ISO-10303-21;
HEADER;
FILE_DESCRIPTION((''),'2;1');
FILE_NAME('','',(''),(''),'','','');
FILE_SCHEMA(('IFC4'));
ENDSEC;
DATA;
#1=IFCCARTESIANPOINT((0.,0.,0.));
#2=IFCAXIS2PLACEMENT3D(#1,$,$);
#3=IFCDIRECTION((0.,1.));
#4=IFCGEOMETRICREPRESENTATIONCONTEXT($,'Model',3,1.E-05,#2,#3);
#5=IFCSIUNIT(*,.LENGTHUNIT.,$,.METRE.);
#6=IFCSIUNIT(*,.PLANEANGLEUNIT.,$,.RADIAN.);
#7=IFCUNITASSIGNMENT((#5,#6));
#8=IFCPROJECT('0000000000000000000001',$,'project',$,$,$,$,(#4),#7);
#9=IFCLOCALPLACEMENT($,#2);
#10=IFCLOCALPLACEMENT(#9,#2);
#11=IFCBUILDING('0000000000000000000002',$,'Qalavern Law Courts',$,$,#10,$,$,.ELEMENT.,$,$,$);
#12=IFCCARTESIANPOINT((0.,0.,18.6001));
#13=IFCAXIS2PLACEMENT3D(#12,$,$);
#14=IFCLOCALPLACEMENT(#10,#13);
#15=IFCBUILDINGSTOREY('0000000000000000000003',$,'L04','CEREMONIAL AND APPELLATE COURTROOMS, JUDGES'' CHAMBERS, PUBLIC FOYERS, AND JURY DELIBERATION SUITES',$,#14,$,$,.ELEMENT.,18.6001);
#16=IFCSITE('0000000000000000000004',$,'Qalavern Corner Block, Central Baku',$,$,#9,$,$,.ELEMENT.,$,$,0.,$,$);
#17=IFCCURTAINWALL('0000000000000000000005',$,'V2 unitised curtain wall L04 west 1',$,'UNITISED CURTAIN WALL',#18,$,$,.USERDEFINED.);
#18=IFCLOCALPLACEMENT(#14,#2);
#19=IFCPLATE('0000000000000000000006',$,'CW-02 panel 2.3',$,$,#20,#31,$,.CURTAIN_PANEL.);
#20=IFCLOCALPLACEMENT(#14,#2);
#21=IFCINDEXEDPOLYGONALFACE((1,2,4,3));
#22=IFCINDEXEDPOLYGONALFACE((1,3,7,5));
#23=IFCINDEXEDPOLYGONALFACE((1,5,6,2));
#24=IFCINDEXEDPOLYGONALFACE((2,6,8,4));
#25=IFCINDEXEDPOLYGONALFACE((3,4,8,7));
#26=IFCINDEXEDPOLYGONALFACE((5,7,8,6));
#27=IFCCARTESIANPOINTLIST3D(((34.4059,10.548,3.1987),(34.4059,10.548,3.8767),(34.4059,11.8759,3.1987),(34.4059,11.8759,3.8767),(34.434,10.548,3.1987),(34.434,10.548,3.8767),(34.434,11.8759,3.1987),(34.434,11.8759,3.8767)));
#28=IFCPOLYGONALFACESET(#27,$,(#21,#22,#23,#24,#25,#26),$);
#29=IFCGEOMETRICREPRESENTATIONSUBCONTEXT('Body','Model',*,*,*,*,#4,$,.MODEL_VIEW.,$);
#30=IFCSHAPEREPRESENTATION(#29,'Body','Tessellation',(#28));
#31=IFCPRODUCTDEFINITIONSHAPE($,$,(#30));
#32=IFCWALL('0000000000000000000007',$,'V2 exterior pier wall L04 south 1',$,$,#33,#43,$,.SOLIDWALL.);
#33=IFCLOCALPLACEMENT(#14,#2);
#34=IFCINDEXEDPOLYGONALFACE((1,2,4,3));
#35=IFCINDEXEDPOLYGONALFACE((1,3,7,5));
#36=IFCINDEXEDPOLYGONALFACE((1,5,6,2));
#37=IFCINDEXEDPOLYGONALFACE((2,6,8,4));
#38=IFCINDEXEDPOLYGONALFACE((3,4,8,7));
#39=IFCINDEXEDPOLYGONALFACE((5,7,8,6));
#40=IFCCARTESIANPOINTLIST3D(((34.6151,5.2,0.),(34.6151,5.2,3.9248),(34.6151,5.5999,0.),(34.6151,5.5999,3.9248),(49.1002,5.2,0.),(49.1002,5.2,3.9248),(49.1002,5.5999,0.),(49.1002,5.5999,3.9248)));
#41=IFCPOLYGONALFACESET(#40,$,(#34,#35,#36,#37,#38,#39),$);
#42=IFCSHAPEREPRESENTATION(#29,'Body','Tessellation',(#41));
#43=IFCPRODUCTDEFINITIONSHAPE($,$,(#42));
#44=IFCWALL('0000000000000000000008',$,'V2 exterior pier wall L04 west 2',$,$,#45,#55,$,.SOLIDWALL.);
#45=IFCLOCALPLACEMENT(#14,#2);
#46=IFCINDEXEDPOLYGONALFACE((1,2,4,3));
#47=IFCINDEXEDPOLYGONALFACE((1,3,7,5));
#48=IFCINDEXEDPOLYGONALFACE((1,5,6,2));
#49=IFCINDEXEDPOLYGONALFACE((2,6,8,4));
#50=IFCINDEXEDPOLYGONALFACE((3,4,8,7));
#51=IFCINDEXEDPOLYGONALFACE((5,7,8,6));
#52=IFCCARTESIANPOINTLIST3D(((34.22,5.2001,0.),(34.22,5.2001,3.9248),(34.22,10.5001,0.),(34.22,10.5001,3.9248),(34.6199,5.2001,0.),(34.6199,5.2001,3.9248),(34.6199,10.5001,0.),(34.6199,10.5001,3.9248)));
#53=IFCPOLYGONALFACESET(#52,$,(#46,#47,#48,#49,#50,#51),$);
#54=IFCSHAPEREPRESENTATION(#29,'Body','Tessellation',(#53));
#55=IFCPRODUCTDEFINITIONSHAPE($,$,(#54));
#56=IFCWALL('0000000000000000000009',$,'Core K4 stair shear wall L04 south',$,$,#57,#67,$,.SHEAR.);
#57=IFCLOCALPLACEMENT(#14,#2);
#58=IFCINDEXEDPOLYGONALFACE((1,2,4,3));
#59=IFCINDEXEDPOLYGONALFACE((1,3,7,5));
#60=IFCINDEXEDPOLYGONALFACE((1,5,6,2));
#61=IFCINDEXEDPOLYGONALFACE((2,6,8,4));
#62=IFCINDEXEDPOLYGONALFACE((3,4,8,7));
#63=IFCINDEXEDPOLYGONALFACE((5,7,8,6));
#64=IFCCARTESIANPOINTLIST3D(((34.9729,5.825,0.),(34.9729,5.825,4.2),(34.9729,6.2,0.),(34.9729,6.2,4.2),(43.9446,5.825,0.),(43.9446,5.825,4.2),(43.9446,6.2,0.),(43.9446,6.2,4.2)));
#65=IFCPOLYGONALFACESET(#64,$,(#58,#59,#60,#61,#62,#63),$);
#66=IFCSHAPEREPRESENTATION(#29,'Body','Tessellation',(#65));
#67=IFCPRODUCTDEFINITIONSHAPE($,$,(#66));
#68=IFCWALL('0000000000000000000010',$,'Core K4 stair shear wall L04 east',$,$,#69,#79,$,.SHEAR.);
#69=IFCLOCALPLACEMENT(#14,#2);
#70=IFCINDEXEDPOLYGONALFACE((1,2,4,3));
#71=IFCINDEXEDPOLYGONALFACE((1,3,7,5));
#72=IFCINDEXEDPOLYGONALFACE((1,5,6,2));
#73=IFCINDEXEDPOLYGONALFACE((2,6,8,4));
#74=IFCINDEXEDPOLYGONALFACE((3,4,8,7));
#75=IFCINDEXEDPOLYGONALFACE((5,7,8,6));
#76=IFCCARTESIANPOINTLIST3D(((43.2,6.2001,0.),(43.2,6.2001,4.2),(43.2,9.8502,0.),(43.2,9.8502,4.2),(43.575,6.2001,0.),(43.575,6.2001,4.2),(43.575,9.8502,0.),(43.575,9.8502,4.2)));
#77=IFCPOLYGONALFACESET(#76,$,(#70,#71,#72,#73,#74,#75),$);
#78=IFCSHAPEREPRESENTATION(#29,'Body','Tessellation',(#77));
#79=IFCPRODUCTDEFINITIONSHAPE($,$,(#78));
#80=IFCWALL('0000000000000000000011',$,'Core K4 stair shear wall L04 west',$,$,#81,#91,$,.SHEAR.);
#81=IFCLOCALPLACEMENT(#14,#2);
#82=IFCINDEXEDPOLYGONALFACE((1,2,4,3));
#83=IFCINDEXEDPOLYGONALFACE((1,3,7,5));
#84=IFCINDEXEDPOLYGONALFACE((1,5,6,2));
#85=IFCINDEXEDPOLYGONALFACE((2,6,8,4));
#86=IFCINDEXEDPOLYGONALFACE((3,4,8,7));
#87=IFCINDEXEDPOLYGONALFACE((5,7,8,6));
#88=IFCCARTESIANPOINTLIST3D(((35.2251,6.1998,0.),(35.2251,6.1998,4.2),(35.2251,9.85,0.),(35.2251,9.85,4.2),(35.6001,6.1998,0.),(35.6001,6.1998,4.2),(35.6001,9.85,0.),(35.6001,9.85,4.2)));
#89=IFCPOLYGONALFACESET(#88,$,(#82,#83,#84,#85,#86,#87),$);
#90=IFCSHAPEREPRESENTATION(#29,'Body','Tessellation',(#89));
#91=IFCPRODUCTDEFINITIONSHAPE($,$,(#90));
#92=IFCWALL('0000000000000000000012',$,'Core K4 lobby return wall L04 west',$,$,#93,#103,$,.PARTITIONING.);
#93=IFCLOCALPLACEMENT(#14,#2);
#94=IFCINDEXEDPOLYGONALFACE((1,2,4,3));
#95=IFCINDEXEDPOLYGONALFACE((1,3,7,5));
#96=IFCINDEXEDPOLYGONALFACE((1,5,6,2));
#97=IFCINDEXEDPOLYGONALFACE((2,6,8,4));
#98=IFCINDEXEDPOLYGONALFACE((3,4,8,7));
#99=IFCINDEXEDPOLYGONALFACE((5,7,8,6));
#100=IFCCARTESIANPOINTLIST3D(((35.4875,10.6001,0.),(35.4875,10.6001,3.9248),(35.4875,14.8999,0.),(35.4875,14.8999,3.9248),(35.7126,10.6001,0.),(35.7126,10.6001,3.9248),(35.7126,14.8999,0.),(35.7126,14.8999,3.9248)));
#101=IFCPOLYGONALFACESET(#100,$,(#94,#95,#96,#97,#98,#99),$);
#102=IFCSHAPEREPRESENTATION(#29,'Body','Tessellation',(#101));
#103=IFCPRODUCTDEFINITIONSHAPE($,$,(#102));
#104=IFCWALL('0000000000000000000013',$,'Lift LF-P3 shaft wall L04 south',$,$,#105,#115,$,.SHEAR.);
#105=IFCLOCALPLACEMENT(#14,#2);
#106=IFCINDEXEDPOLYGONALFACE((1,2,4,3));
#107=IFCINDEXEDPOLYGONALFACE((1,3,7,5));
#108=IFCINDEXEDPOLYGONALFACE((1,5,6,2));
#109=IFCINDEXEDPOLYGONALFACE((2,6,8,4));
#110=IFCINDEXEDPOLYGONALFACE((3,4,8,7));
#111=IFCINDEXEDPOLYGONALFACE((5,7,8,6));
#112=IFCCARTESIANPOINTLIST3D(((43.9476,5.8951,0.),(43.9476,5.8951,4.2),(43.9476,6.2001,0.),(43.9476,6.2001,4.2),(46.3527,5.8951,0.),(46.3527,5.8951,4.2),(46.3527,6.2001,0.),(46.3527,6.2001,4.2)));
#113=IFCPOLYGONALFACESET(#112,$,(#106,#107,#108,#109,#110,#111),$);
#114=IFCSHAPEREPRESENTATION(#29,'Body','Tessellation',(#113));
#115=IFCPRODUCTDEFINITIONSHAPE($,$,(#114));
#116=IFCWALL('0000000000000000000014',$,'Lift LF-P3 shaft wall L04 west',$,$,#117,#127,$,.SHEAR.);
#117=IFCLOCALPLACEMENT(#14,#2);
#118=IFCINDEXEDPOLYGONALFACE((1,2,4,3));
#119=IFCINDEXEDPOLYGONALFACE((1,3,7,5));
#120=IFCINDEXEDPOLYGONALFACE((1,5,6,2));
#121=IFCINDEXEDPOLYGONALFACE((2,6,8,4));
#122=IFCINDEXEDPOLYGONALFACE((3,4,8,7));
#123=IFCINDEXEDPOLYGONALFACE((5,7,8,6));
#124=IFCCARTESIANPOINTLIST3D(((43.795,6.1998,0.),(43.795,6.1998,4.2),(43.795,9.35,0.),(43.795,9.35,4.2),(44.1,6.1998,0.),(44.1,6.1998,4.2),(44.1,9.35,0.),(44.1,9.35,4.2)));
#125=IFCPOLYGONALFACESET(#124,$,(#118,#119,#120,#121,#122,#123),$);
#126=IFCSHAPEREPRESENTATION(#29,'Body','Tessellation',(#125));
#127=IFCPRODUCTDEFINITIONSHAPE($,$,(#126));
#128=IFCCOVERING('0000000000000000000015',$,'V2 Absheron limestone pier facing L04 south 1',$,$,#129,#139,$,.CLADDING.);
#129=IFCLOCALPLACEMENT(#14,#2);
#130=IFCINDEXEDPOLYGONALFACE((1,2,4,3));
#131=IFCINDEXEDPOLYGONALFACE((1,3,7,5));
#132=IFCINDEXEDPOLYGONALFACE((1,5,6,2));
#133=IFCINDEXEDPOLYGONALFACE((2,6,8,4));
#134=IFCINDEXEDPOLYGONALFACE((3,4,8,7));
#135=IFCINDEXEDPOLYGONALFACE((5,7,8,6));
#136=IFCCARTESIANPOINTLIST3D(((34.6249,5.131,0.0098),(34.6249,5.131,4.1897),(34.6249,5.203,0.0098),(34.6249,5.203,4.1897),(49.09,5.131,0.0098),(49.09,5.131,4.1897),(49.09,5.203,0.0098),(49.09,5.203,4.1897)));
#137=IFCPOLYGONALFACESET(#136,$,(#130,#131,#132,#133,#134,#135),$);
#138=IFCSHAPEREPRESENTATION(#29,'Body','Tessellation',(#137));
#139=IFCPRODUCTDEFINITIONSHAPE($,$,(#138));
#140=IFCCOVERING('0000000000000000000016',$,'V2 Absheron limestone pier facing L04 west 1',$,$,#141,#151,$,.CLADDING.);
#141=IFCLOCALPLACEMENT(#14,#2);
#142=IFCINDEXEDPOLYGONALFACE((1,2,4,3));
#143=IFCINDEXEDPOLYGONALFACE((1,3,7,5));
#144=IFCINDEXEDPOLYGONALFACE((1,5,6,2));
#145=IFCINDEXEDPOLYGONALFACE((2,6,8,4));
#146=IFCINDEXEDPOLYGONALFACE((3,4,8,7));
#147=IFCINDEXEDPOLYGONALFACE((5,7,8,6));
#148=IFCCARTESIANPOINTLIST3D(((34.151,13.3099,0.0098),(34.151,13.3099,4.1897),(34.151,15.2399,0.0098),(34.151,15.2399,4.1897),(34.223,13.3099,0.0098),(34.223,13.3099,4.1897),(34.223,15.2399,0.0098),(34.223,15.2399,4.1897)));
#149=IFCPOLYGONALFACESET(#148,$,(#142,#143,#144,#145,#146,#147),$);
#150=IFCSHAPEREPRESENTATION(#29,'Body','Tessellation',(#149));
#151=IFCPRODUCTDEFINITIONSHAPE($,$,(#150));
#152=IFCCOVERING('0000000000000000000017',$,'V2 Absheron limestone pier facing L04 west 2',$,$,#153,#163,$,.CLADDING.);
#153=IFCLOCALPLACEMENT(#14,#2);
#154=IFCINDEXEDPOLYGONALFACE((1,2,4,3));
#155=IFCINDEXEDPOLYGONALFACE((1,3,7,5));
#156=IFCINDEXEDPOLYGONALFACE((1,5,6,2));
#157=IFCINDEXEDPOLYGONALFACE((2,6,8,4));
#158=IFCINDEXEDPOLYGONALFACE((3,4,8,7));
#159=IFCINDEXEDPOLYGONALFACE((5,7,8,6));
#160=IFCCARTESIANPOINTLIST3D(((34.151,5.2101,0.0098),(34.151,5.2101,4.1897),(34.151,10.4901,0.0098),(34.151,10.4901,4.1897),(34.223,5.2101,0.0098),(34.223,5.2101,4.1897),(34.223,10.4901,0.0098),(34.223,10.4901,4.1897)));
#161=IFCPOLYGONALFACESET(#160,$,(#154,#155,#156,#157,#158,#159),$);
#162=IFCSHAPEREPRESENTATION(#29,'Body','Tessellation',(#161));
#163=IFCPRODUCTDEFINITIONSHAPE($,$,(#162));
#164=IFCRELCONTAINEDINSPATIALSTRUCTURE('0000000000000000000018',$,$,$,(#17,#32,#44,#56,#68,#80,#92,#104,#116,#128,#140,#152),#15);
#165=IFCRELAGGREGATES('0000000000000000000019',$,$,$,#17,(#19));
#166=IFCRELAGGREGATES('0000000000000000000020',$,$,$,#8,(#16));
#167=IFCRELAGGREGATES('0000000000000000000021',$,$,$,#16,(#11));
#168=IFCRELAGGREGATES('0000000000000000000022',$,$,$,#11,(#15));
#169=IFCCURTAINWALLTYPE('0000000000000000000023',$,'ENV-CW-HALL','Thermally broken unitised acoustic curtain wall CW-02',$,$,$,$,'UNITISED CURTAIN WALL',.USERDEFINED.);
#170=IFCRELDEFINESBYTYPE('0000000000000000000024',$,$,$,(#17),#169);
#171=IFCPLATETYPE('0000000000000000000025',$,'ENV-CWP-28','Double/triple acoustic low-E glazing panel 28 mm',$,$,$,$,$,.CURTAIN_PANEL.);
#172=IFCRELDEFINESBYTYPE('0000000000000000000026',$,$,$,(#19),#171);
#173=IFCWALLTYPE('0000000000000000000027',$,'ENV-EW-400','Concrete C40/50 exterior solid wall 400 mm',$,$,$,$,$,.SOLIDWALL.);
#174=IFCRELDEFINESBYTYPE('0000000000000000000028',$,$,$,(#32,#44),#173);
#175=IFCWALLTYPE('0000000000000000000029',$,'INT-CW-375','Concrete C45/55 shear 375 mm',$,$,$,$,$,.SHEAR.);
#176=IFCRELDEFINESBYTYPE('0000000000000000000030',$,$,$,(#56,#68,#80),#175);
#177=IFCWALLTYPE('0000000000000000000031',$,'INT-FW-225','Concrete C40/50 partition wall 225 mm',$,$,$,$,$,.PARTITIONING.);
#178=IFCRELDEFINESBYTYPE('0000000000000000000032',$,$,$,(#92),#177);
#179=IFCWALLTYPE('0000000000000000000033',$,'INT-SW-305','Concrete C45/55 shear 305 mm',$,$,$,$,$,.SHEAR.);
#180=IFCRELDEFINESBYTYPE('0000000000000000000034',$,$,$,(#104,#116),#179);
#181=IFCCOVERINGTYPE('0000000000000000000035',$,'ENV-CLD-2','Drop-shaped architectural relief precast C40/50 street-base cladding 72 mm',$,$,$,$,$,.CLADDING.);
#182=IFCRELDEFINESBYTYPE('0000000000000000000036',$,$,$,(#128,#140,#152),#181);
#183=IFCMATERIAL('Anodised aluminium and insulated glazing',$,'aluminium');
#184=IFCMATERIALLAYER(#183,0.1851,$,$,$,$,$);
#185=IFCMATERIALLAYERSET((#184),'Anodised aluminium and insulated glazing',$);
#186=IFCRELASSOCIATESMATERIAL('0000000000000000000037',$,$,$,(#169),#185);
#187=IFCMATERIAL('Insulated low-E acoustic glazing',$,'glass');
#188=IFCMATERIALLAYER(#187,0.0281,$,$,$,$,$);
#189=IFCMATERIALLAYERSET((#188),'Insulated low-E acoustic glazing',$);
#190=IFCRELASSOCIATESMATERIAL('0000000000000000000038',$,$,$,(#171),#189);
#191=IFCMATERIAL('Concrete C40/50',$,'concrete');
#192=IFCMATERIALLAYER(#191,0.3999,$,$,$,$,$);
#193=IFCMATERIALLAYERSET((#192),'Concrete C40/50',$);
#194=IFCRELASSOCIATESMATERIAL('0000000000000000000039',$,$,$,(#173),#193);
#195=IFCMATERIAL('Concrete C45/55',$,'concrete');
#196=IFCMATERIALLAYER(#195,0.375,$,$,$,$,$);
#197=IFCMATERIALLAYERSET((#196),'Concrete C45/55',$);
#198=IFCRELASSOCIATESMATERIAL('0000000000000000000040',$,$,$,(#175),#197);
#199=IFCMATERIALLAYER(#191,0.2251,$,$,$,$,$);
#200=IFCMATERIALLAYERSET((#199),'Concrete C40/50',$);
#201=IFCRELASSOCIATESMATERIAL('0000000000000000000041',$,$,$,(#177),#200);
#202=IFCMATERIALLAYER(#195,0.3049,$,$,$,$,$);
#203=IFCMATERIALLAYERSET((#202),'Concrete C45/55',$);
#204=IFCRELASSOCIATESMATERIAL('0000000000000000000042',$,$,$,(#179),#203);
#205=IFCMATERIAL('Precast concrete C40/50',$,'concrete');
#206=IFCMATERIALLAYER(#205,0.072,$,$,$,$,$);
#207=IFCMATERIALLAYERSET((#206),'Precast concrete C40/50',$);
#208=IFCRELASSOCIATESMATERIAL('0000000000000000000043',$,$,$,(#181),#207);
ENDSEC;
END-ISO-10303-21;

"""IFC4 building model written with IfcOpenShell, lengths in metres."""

from ifc_helpers import new_model, si_unit, direction, frame, frame_2d, origin, origin_2d, place, context, subcontext, project, spatial, rectangle, extrude, material, layer, layer_set, type_object, element, aggregate, save


model = new_model("IFC4")

# Units and contexts
model_context = context("Model", 3, precision=1e-05, world=origin(), true_north=direction((0.0, 1.0)))
body_context = subcontext(model_context, "Body", "Model", "MODEL_VIEW")
ifc_project = project(units=[si_unit("LENGTHUNIT", "METRE"), si_unit("PLANEANGLEUNIT", "RADIAN")], contexts=[model_context])

# Site, building, storey
site_placement = place(None, origin())
site = spatial("IfcSite", under=ifc_project, at=site_placement, Name="Qalavern Corner Block, Central Baku", CompositionType="ELEMENT", RefElevation=0.0)
building_placement = place(site_placement, origin())
building = spatial("IfcBuilding", under=site, at=building_placement, Name="Qalavern Law Courts", CompositionType="ELEMENT")
storey_placement = place(building_placement, frame((0.0, 0.0, 18.6001)))
storey = spatial("IfcBuildingStorey", under=building, at=storey_placement, Name="L04", Description="CEREMONIAL AND APPELLATE COURTROOMS, JUDGES' CHAMBERS, PUBLIC FOYERS, AND JURY DELIBERATION SUITES", CompositionType="ELEMENT", Elevation=18.6001)

# Shared definitions
ifc_material_1 = material(Name="Concrete C45/55", Category="concrete")

# Curtain wall
ifc_material_2 = material(Name="Anodised aluminium and insulated glazing", Category="aluminium")
ifc_layer_1 = layer(ifc_material_2, 0.1851)
ifc_layer_set_1 = layer_set([ifc_layer_1], Name="Anodised aluminium and insulated glazing")
curtain_wall_type = type_object("IfcCurtainWallType", Name="ENV-CW-HALL", Description="Thermally broken unitised acoustic curtain wall CW-02", ElementType="UNITISED CURTAIN WALL", PredefinedType="USERDEFINED", material=ifc_layer_set_1)
curtain_wall_placement = place(storey_placement, origin())
curtain_wall = element("IfcCurtainWall", 1, at=curtain_wall_placement, inside=storey, type_object=curtain_wall_type, Name="V2 unitised curtain wall L04 west 1", ObjectType="UNITISED CURTAIN WALL", PredefinedType="USERDEFINED")

# Shared definitions
ifc_material_3 = material(Name="Concrete C40/50", Category="concrete")

# Plate
ifc_material_4 = material(Name="Insulated low-E acoustic glazing", Category="glass")
ifc_layer_2 = layer(ifc_material_4, 0.0281)
ifc_layer_set_2 = layer_set([ifc_layer_2], Name="Insulated low-E acoustic glazing")
plate_type = type_object("IfcPlateType", Name="ENV-CWP-28", Description="Double/triple acoustic low-E glazing panel 28 mm", PredefinedType="CURTAIN_PANEL", material=ifc_layer_set_2)
plate_1_placement = place(storey_placement, frame((34.4199, 11.2119, 3.1987), z_axis=(0.0, 0.0, 1.0), x_axis=(0.0, -1.0, 0.0)))
plate_1 = element("IfcPlate", 2, at=plate_1_placement, type_object=plate_type, Name="CW-02 panel 2.3", PredefinedType="CURTAIN_PANEL", context=body_context, shape_type="SweptSolid", body=[
    extrude(rectangle(XDim=1.3279, YDim=0.0281, at=origin_2d()), origin(), (0.0, 0.0, 1.0), 0.678),
])
aggregate(curtain_wall, [plate_1])

# Walls
ifc_layer_3 = layer(ifc_material_3, 0.3999)
ifc_layer_set_3 = layer_set([ifc_layer_3], Name="Concrete C40/50")
wall_type_1 = type_object("IfcWallType", Name="ENV-EW-400", Description="Concrete C40/50 exterior solid wall 400 mm", PredefinedType="SOLIDWALL", material=ifc_layer_set_3)
wall_1_placement = place(storey_placement, frame((34.615, 5.3999, 0.0), z_axis=(0.0, 0.0, 1.0), x_axis=(1.0, 0.0, 0.0)))
element("IfcWall", 3, at=wall_1_placement, inside=storey, type_object=wall_type_1, Name="V2 exterior pier wall L04 south 1", PredefinedType="SOLIDWALL", context=body_context, shape_type="SweptSolid", body=[
    extrude(rectangle(XDim=14.4851, YDim=0.3999, at=frame_2d((7.2427, 0.0))), origin(), (0.0, 0.0, 1.0), 3.9248),
])
wall_2_placement = place(storey_placement, frame((34.4199, 10.5, 0.0), z_axis=(0.0, 0.0, 1.0), x_axis=(0.0, -1.0, 0.0)))
element("IfcWall", 4, at=wall_2_placement, inside=storey, type_object=wall_type_1, Name="V2 exterior pier wall L04 west 2", PredefinedType="SOLIDWALL", context=body_context, shape_type="SweptSolid", body=[
    extrude(rectangle(XDim=5.3, YDim=0.3999, at=frame_2d((2.6499, 0.0))), origin(), (0.0, 0.0, 1.0), 3.9248),
])
ifc_layer_4 = layer(ifc_material_1, 0.375)
ifc_layer_set_4 = layer_set([ifc_layer_4], Name="Concrete C45/55")
wall_type_2 = type_object("IfcWallType", Name="INT-CW-375", Description="Concrete C45/55 shear 375 mm", PredefinedType="SHEAR", material=ifc_layer_set_4)
wall_3_placement = place(storey_placement, frame((34.9729, 6.0125, 0.0), z_axis=(0.0, 0.0, 1.0), x_axis=(1.0, 0.0, 0.0)))
element("IfcWall", 5, at=wall_3_placement, inside=storey, type_object=wall_type_2, Name="Core K4 stair shear wall L04 south", PredefinedType="SHEAR", context=body_context, shape_type="SweptSolid", body=[
    extrude(rectangle(XDim=8.9717, YDim=0.375, at=frame_2d((4.4858, 0.0))), origin(), (0.0, 0.0, 1.0), 4.2),
])
wall_4_placement = place(storey_placement, frame((43.3875, 6.2, 0.0), z_axis=(0.0, 0.0, 1.0), x_axis=(0.0, 1.0, 0.0)))
element("IfcWall", 6, at=wall_4_placement, inside=storey, type_object=wall_type_2, Name="Core K4 stair shear wall L04 east", PredefinedType="SHEAR", context=body_context, shape_type="SweptSolid", body=[
    extrude(rectangle(XDim=3.6501, YDim=0.375, at=frame_2d((1.8252, 0.0))), origin(), (0.0, 0.0, 1.0), 4.2),
])

# Walls
wall_5_placement = place(storey_placement, frame((35.4126, 9.8501, 0.0), z_axis=(0.0, 0.0, 1.0), x_axis=(0.0, -1.0, 0.0)))
element("IfcWall", 7, at=wall_5_placement, inside=storey, type_object=wall_type_2, Name="Core K4 stair shear wall L04 west", PredefinedType="SHEAR", context=body_context, shape_type="SweptSolid", body=[
    extrude(rectangle(XDim=3.6501, YDim=0.375, at=frame_2d((1.8252, 0.0))), origin(), (0.0, 0.0, 1.0), 4.2),
])
ifc_layer_5 = layer(ifc_material_3, 0.2251)
ifc_layer_set_5 = layer_set([ifc_layer_5], Name="Concrete C40/50")
wall_type_3 = type_object("IfcWallType", Name="INT-FW-225", Description="Concrete C40/50 partition wall 225 mm", PredefinedType="PARTITIONING", material=ifc_layer_set_5)
wall_6_placement = place(storey_placement, frame((35.6001, 10.6001, 0.0), z_axis=(0.0, 0.0, 1.0), x_axis=(0.0, 1.0, 0.0)))
element("IfcWall", 8, at=wall_6_placement, inside=storey, type_object=wall_type_3, Name="Core K4 lobby return wall L04 west", PredefinedType="PARTITIONING", context=body_context, shape_type="SweptSolid", body=[
    extrude(rectangle(XDim=4.2998, YDim=0.2251, at=frame_2d((2.1499, 0.0))), origin(), (0.0, 0.0, 1.0), 3.9248),
])
ifc_layer_6 = layer(ifc_material_1, 0.3049)
ifc_layer_set_6 = layer_set([ifc_layer_6], Name="Concrete C45/55")
wall_type_4 = type_object("IfcWallType", Name="INT-SW-305", Description="Concrete C45/55 shear 305 mm", PredefinedType="SHEAR", material=ifc_layer_set_6)
wall_7_placement = place(storey_placement, frame((43.9475, 6.0476, 0.0), z_axis=(0.0, 0.0, 1.0), x_axis=(1.0, 0.0, 0.0)))
element("IfcWall", 9, at=wall_7_placement, inside=storey, type_object=wall_type_4, Name="Lift LF-P3 shaft wall L04 south", PredefinedType="SHEAR", context=body_context, shape_type="SweptSolid", body=[
    extrude(rectangle(XDim=2.405, YDim=0.3049, at=frame_2d((1.2026, 0.0))), origin(), (0.0, 0.0, 1.0), 4.2),
])
wall_8_placement = place(storey_placement, frame((43.9475, 9.3501, 0.0), z_axis=(0.0, 0.0, 1.0), x_axis=(0.0, -1.0, 0.0)))
element("IfcWall", 10, at=wall_8_placement, inside=storey, type_object=wall_type_4, Name="Lift LF-P3 shaft wall L04 west", PredefinedType="SHEAR", context=body_context, shape_type="SweptSolid", body=[
    extrude(rectangle(XDim=3.1501, YDim=0.3049, at=frame_2d((1.5752, 0.0))), origin(), (0.0, 0.0, 1.0), 4.2),
])

# Coverings
ifc_material_5 = material(Name="Precast concrete C40/50", Category="concrete")
ifc_layer_7 = layer(ifc_material_5, 0.072)
ifc_layer_set_7 = layer_set([ifc_layer_7], Name="Precast concrete C40/50")
covering_type = type_object("IfcCoveringType", Name="ENV-CLD-2", Description="Drop-shaped architectural relief precast C40/50 street-base cladding 72 mm", PredefinedType="CLADDING", material=ifc_layer_set_7)
covering_1_placement = place(storey_placement, frame((41.8574, 5.167, 0.0098), z_axis=(0.0, 0.0, 1.0), x_axis=(1.0, 0.0, 0.0)))
element("IfcCovering", 11, at=covering_1_placement, inside=storey, type_object=covering_type, Name="V2 Absheron limestone pier facing L04 south 1", PredefinedType="CLADDING", context=body_context, shape_type="SweptSolid", body=[
    extrude(rectangle(XDim=14.4651, YDim=0.072, at=origin_2d()), origin(), (0.0, 0.0, 1.0), 4.1799),
])
covering_2_placement = place(storey_placement, frame((34.187, 14.2749, 0.0098), z_axis=(0.0, 0.0, 1.0), x_axis=(0.0, -1.0, 0.0)))
element("IfcCovering", 12, at=covering_2_placement, inside=storey, type_object=covering_type, Name="V2 Absheron limestone pier facing L04 west 1", PredefinedType="CLADDING", context=body_context, shape_type="SweptSolid", body=[
    extrude(rectangle(XDim=1.9299, YDim=0.072, at=origin_2d()), origin(), (0.0, 0.0, 1.0), 4.1799),
])
covering_3_placement = place(storey_placement, frame((34.187, 7.8501, 0.0098), z_axis=(0.0, 0.0, 1.0), x_axis=(0.0, -1.0, 0.0)))
element("IfcCovering", 13, at=covering_3_placement, inside=storey, type_object=covering_type, Name="V2 Absheron limestone pier facing L04 west 2", PredefinedType="CLADDING", context=body_context, shape_type="SweptSolid", body=[
    extrude(rectangle(XDim=5.28, YDim=0.072, at=origin_2d()), origin(), (0.0, 0.0, 1.0), 4.1799),
])

save(model, "model.ifc")
